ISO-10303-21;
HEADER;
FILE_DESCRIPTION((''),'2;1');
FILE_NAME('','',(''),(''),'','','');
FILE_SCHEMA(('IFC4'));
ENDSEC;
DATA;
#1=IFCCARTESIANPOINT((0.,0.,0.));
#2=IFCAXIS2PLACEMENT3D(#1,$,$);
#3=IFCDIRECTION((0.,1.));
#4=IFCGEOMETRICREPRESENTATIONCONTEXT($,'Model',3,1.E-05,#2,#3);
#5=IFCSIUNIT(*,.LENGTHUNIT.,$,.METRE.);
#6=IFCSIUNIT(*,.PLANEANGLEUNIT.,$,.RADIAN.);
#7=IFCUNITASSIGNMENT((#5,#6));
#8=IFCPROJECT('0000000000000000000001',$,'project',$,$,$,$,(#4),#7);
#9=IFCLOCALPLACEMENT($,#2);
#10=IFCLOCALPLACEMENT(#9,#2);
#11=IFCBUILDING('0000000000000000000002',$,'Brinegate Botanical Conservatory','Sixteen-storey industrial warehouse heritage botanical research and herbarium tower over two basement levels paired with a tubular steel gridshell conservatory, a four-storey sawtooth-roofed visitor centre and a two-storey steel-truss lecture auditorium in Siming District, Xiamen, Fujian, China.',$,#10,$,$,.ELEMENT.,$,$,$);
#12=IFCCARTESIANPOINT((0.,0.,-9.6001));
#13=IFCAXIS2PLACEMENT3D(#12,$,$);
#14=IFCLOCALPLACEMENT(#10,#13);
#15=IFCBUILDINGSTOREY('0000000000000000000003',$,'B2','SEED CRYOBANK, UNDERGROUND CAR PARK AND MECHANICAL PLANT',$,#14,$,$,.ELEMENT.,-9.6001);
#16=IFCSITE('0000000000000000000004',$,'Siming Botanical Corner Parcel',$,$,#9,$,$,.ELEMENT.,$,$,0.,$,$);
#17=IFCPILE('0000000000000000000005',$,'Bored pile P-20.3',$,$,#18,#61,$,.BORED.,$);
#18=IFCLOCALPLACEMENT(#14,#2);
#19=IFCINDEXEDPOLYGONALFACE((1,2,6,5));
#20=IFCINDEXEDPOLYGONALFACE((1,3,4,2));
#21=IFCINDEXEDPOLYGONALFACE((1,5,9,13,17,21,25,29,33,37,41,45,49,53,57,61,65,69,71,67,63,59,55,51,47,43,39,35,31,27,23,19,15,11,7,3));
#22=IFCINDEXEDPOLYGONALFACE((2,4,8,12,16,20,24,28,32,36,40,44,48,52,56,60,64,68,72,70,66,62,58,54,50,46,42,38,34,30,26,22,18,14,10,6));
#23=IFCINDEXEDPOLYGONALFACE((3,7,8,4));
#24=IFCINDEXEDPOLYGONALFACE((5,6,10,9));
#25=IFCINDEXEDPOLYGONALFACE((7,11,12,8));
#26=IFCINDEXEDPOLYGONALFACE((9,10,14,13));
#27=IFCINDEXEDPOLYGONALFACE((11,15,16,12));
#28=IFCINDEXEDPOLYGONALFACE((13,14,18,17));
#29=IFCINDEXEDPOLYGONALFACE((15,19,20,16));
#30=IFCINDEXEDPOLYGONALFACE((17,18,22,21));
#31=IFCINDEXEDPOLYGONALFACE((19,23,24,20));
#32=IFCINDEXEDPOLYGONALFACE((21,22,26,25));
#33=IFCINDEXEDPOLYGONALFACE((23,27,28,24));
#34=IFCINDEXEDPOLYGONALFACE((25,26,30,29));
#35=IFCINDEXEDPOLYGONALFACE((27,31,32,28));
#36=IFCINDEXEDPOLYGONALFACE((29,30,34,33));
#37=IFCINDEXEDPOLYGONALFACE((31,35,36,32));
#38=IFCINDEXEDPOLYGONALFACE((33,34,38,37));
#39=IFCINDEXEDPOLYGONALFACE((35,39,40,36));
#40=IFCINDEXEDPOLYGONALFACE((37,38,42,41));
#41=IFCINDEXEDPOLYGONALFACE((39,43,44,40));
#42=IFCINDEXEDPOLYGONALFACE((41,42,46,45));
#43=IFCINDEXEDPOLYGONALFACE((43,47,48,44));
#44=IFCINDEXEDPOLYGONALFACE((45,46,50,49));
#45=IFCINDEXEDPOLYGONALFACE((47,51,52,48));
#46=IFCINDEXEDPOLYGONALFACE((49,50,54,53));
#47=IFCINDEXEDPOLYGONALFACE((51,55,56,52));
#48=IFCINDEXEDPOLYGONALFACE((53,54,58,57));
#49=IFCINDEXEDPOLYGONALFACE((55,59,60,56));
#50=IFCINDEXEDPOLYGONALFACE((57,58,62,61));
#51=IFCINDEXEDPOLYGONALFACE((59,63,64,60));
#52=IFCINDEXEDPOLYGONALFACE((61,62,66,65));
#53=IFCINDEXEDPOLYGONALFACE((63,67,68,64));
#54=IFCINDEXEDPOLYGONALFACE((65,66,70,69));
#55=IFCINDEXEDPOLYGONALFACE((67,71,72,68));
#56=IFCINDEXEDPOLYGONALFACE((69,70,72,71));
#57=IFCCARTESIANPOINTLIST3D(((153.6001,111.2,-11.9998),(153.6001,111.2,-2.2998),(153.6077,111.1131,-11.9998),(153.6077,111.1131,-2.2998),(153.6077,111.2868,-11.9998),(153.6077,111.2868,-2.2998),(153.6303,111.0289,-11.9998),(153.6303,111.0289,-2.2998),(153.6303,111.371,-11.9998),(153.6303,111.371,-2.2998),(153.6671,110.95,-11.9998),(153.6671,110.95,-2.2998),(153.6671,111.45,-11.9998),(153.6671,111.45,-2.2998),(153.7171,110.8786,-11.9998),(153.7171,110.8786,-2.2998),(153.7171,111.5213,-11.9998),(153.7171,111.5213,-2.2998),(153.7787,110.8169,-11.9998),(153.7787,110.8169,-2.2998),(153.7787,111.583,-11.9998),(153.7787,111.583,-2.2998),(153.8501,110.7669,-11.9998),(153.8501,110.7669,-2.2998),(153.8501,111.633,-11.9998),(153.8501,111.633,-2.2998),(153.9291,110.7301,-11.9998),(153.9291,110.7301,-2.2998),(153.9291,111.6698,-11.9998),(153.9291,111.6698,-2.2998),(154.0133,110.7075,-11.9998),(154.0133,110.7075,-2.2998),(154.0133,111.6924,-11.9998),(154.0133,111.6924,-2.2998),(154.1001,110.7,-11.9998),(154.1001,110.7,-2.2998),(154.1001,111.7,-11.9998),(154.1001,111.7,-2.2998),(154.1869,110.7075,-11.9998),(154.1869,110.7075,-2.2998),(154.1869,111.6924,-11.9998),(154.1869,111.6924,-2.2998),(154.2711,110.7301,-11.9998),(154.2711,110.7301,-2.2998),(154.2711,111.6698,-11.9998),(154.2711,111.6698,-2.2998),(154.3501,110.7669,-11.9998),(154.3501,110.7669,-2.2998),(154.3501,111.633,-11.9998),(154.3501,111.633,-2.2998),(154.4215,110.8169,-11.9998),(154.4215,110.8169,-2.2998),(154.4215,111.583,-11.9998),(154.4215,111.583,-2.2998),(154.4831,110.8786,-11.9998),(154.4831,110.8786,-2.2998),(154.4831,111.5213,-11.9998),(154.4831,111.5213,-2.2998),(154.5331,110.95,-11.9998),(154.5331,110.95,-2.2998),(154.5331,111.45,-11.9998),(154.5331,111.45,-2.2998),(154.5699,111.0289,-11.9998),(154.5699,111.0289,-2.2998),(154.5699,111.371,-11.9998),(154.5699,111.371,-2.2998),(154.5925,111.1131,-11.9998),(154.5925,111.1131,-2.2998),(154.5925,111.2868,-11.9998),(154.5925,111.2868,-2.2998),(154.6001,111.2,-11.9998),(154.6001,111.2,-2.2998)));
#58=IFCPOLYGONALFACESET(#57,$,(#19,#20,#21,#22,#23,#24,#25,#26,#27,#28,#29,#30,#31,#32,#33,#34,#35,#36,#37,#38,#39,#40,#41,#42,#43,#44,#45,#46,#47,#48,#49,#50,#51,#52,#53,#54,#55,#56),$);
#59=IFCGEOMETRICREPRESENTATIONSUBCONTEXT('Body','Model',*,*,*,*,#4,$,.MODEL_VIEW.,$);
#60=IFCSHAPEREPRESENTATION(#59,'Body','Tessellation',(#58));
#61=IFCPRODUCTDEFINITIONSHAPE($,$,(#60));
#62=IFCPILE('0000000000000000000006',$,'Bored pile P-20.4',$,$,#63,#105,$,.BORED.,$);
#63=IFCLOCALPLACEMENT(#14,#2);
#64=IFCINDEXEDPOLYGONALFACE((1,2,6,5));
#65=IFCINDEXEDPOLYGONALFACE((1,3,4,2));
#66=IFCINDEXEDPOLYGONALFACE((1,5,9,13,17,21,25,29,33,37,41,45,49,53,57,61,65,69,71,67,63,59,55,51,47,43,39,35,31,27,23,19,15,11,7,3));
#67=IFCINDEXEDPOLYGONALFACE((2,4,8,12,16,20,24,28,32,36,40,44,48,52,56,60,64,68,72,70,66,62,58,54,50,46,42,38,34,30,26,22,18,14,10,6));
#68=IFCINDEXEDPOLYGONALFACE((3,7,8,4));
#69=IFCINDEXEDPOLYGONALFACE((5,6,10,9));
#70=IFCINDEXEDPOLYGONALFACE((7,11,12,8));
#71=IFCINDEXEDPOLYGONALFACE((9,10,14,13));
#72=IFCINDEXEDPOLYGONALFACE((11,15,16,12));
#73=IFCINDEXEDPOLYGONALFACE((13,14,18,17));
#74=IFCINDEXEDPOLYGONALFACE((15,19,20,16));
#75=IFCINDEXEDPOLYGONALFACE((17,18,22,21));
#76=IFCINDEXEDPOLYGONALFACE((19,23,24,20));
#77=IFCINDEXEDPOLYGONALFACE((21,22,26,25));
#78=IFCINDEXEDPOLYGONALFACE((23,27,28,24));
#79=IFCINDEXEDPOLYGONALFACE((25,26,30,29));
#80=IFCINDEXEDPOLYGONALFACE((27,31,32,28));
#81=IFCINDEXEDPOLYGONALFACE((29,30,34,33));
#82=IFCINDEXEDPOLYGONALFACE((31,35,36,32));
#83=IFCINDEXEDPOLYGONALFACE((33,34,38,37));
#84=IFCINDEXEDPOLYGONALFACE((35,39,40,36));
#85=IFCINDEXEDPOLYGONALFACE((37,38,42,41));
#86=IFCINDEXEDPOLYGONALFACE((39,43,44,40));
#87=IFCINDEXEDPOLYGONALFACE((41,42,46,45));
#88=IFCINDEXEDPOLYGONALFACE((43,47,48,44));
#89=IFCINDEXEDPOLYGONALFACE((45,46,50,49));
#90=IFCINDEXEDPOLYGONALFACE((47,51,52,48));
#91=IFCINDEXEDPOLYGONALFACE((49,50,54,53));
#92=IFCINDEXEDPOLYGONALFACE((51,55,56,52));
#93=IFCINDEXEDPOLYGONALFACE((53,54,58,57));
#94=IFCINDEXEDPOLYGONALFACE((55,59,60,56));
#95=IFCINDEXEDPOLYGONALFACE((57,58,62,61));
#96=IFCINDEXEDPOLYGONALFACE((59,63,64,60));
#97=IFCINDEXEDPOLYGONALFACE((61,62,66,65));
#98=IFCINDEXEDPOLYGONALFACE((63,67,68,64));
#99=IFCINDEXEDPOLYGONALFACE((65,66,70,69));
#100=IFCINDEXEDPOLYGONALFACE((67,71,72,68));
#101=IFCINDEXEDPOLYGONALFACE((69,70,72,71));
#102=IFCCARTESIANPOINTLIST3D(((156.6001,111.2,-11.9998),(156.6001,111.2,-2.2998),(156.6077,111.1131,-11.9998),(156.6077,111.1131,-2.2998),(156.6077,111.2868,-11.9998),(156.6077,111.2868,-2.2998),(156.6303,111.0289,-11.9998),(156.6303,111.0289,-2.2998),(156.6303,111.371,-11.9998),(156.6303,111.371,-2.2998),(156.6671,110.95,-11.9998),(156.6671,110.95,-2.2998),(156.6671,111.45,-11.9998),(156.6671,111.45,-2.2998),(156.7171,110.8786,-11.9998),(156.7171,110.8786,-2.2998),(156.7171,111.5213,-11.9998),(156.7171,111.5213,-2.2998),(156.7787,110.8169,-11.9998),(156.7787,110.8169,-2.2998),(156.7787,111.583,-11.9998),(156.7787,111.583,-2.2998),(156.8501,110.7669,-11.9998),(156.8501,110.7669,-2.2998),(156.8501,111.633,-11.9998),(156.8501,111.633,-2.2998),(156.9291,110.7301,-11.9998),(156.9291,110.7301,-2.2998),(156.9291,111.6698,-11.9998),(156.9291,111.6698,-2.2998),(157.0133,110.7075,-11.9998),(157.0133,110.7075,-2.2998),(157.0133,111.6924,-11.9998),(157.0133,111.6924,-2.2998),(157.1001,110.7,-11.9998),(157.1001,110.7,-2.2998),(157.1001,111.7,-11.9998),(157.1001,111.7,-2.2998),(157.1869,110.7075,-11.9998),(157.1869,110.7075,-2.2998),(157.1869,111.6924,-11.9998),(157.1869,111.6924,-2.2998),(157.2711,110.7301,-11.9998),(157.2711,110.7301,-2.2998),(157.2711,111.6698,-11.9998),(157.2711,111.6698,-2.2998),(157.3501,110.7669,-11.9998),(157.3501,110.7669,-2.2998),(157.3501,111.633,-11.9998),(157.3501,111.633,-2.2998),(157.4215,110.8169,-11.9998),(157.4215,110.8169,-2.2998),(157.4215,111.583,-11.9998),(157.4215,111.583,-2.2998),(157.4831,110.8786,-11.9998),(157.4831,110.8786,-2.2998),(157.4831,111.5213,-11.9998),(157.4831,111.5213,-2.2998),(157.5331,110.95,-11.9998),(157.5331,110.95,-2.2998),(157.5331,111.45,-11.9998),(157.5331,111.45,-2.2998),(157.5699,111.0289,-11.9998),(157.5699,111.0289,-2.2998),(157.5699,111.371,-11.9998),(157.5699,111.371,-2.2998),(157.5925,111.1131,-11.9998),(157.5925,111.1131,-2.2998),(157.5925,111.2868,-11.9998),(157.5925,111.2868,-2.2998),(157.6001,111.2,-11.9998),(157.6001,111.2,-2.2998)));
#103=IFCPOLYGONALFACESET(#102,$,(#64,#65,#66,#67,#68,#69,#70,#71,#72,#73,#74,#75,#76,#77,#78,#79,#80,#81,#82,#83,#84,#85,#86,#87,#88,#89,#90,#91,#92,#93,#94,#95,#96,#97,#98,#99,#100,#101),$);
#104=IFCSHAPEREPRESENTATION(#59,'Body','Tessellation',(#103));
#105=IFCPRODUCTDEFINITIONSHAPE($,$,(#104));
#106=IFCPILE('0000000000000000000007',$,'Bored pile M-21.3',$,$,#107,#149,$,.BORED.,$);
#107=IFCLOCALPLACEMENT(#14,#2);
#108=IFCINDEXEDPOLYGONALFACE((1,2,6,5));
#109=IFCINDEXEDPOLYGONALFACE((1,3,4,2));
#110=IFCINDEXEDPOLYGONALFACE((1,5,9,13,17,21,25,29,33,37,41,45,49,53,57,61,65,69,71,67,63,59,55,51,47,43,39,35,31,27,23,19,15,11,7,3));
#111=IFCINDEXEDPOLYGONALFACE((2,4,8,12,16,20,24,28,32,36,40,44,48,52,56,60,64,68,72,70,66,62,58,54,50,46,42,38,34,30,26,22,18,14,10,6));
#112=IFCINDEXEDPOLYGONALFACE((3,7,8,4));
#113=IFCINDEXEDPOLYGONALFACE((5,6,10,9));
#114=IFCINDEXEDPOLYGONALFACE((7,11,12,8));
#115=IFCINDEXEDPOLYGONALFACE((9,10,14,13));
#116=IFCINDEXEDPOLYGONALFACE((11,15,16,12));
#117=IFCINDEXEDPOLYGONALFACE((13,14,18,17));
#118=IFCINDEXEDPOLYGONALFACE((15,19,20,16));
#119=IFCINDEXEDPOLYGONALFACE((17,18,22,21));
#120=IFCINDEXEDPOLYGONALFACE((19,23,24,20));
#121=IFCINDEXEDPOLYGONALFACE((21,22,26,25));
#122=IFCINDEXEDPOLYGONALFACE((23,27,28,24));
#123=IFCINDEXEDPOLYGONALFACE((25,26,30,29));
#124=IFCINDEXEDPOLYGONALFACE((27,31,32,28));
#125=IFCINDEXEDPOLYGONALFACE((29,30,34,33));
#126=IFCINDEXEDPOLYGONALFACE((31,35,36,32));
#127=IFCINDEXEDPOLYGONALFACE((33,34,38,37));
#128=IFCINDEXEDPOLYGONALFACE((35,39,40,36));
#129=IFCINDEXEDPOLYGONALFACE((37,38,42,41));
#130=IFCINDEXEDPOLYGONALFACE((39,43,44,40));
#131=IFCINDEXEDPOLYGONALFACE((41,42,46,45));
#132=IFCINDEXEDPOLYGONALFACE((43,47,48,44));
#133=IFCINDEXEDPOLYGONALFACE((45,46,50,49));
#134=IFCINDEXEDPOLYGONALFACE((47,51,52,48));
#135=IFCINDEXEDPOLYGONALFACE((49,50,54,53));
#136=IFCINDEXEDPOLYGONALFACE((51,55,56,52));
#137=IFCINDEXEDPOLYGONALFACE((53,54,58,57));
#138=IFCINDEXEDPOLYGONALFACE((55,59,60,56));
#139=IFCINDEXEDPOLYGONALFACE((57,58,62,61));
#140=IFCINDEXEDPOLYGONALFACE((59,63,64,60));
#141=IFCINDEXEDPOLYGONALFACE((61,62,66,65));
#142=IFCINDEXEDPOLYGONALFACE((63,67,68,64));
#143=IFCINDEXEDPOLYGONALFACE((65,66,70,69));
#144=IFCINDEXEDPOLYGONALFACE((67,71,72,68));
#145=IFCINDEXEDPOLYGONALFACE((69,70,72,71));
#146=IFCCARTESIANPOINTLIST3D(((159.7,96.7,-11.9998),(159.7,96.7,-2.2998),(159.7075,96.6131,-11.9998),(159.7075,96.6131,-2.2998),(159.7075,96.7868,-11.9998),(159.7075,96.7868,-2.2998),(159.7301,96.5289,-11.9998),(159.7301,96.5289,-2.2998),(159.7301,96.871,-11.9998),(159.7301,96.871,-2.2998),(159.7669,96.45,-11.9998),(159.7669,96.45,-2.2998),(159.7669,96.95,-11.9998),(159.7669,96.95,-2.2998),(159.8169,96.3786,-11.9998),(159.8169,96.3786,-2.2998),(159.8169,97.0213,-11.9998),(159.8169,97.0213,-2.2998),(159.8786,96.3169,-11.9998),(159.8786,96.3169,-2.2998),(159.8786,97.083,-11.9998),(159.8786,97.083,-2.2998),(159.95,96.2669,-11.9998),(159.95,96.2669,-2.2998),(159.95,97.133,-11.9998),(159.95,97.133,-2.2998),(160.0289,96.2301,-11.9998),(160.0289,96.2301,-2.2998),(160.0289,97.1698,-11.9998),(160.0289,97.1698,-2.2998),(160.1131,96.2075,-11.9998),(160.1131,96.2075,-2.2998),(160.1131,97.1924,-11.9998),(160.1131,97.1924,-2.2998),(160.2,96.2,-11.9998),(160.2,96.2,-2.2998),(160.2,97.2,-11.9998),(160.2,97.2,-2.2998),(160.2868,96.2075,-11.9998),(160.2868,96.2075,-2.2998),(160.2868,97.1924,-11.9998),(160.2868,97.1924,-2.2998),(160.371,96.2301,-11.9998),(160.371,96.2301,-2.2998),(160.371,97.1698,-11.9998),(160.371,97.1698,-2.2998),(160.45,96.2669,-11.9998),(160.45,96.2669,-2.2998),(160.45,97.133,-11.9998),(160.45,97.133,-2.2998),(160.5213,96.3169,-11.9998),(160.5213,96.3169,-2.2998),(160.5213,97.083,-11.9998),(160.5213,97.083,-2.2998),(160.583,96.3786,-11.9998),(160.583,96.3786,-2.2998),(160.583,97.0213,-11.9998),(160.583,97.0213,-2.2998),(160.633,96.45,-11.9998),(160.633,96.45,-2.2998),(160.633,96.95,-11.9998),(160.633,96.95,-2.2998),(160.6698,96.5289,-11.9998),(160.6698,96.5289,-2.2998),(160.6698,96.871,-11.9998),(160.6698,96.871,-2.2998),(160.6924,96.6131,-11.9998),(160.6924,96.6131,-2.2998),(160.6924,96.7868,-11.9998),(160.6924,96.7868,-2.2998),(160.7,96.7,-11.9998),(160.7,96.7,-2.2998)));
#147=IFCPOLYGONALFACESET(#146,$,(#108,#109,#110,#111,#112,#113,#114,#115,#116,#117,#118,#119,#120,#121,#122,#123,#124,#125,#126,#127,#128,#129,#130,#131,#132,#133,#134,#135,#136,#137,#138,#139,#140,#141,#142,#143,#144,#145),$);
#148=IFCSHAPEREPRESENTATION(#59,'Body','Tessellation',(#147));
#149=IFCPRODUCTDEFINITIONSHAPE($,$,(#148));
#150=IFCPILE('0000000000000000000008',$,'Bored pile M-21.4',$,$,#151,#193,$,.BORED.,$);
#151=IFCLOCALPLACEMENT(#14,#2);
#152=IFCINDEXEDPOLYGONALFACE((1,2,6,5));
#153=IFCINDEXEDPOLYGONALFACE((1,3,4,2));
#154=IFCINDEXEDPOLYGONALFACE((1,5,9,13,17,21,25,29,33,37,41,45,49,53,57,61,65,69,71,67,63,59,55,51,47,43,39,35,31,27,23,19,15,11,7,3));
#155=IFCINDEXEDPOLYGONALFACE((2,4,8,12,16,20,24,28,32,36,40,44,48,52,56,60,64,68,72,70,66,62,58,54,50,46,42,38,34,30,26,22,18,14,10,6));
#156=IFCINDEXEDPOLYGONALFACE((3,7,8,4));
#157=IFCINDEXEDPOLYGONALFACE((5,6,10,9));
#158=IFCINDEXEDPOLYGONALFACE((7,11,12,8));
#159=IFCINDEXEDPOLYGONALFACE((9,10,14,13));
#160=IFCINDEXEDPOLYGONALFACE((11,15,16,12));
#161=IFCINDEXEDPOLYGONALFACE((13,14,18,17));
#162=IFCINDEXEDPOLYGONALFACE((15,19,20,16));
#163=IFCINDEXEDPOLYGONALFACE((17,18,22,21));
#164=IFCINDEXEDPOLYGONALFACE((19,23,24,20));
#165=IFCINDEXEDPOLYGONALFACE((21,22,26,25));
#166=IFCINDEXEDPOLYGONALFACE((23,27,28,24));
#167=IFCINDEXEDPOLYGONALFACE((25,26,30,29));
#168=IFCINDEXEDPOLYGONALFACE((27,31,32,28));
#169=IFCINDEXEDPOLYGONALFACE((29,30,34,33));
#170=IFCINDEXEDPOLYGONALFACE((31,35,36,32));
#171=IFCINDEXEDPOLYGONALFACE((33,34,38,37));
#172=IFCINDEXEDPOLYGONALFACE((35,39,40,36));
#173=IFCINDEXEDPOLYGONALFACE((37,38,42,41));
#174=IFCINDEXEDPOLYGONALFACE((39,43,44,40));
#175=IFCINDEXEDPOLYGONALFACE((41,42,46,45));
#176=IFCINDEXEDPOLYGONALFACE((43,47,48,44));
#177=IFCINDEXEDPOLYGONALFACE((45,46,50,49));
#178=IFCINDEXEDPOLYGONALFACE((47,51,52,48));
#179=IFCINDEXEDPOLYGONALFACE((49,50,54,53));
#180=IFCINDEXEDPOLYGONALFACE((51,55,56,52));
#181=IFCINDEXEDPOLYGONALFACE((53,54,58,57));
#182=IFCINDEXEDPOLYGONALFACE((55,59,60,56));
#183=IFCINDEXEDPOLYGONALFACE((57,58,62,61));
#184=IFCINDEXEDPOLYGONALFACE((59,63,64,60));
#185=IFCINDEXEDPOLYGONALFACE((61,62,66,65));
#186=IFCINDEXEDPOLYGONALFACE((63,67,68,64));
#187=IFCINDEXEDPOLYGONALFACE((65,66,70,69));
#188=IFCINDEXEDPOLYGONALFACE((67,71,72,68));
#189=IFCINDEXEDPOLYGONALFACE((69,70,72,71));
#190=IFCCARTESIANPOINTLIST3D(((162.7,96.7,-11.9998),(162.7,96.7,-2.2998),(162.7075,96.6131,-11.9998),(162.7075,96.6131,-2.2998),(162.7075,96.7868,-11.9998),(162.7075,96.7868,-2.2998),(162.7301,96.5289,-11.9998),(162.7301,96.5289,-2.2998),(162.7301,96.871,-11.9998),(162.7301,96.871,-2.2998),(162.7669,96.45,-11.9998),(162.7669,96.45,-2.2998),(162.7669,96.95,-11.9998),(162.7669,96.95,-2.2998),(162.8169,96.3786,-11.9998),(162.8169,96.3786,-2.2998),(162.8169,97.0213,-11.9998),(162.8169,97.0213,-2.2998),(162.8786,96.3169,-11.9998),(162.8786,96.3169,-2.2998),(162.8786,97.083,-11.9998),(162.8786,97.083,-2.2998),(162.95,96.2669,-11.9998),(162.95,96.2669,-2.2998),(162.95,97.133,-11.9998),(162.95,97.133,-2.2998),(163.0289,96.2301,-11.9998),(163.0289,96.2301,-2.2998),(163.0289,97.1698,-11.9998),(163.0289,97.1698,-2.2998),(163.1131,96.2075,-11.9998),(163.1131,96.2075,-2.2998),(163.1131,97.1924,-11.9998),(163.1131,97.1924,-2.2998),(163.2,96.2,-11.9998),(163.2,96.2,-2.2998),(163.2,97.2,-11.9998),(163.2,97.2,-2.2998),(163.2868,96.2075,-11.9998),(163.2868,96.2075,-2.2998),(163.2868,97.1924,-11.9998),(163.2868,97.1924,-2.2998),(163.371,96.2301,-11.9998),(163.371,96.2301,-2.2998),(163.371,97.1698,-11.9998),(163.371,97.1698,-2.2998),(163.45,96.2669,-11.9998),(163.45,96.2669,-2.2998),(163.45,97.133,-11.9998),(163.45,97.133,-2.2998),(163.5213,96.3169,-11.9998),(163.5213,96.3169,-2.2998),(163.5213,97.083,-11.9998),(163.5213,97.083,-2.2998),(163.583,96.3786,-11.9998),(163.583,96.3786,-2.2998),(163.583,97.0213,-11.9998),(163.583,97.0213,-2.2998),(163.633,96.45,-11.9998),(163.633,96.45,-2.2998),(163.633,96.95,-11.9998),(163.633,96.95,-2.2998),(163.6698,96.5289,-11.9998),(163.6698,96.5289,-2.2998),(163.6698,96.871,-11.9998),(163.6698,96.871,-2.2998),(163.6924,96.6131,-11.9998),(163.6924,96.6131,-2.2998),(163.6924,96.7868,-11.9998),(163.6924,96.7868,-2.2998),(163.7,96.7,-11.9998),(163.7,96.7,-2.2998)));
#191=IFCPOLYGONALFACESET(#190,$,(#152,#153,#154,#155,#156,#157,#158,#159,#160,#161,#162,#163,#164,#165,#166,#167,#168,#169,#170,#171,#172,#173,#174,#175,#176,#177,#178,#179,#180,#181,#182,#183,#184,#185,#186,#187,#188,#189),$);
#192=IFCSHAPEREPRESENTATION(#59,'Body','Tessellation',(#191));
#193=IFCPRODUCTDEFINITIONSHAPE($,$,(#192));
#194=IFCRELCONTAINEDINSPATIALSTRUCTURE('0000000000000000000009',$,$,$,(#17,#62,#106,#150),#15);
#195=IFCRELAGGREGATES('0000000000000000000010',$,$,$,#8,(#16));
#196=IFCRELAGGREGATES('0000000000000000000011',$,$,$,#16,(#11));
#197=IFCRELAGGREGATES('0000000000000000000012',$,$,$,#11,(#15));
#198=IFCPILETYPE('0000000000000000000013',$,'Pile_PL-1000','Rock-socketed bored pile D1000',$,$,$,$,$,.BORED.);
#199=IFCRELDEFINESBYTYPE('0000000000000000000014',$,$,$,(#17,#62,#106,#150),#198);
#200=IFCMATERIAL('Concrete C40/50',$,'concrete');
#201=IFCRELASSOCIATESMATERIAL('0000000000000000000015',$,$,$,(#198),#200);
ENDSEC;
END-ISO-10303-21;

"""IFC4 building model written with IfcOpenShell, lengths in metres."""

from ifc_helpers import new_model, si_unit, direction, frame, origin, origin_2d, place, context, subcontext, project, spatial, circle, extrude, material, material_profile, profile_set, type_object, element, save


model = new_model("IFC4")

# Units and contexts
model_context = context("Model", 3, precision=1e-05, world=origin(), true_north=direction((0.0, 1.0)))
body_context = subcontext(model_context, "Body", "Model", "MODEL_VIEW")
ifc_project = project(units=[si_unit("LENGTHUNIT", "METRE"), si_unit("PLANEANGLEUNIT", "RADIAN")], contexts=[model_context])

# Site, building, storey
site_placement = place(None, origin())
site = spatial("IfcSite", under=ifc_project, at=site_placement, Name="Siming Botanical Corner Parcel", CompositionType="ELEMENT", RefElevation=0.0)
building_placement = place(site_placement, origin())
building = spatial("IfcBuilding", under=site, at=building_placement, Name="Brinegate Botanical Conservatory", Description="Sixteen-storey industrial warehouse heritage botanical research and herbarium tower over two basement levels paired with a tubular steel gridshell conservatory, a four-storey sawtooth-roofed visitor centre and a two-storey steel-truss lecture auditorium in Siming District, Xiamen, Fujian, China.", CompositionType="ELEMENT")
storey_placement = place(building_placement, frame((0.0, 0.0, -9.6001)))
storey = spatial("IfcBuildingStorey", under=building, at=storey_placement, Name="B2", Description="SEED CRYOBANK, UNDERGROUND CAR PARK AND MECHANICAL PLANT", CompositionType="ELEMENT", Elevation=-9.6001)

# Shared definitions
ifc_material_1 = material(Name="Concrete C40/50", Category="concrete")

# Piles
ifc_material_profile_1 = material_profile(ifc_material_1, circle(Radius=0.5, at=origin_2d()), Name="PILE D1000")
ifc_profile_set_1 = profile_set([ifc_material_profile_1], Name="Concrete C40/50")
pile_type_1 = type_object("IfcPileType", Name="Pile_PL-1000", Description="Rock-socketed bored pile D1000", PredefinedType="BORED", material=ifc_profile_set_1)
for number, where, z_axis, x_axis, name in (
    (1, (154.1001, 111.2, -2.2998), (0.0, 0.0, -1.0), (1.0, 0.0, 0.0), "Bored pile P-20.3"),
    (2, (157.1001, 111.2, -2.2998), (0.0, 0.0, -1.0), (1.0, 0.0, 0.0), "Bored pile P-20.4"),
    (3, (160.2, 96.7, -2.2998), (0.0, 0.0, -1.0), (1.0, 0.0, 0.0), "Bored pile M-21.3"),
    (4, (163.2, 96.7, -2.2998), (0.0, 0.0, -1.0), (1.0, 0.0, 0.0), "Bored pile M-21.4"),
):
    element("IfcPile", number, at=place(storey_placement, frame(where, z_axis=z_axis, x_axis=x_axis)), inside=storey, type_object=pile_type_1, Name=name, PredefinedType="BORED", context=body_context, shape_type="SweptSolid", body=[
        extrude(circle(Radius=0.5, at=origin_2d()), origin(), (0.0, 0.0, 1.0), 9.7),
    ])

save(model, "model.ifc")
